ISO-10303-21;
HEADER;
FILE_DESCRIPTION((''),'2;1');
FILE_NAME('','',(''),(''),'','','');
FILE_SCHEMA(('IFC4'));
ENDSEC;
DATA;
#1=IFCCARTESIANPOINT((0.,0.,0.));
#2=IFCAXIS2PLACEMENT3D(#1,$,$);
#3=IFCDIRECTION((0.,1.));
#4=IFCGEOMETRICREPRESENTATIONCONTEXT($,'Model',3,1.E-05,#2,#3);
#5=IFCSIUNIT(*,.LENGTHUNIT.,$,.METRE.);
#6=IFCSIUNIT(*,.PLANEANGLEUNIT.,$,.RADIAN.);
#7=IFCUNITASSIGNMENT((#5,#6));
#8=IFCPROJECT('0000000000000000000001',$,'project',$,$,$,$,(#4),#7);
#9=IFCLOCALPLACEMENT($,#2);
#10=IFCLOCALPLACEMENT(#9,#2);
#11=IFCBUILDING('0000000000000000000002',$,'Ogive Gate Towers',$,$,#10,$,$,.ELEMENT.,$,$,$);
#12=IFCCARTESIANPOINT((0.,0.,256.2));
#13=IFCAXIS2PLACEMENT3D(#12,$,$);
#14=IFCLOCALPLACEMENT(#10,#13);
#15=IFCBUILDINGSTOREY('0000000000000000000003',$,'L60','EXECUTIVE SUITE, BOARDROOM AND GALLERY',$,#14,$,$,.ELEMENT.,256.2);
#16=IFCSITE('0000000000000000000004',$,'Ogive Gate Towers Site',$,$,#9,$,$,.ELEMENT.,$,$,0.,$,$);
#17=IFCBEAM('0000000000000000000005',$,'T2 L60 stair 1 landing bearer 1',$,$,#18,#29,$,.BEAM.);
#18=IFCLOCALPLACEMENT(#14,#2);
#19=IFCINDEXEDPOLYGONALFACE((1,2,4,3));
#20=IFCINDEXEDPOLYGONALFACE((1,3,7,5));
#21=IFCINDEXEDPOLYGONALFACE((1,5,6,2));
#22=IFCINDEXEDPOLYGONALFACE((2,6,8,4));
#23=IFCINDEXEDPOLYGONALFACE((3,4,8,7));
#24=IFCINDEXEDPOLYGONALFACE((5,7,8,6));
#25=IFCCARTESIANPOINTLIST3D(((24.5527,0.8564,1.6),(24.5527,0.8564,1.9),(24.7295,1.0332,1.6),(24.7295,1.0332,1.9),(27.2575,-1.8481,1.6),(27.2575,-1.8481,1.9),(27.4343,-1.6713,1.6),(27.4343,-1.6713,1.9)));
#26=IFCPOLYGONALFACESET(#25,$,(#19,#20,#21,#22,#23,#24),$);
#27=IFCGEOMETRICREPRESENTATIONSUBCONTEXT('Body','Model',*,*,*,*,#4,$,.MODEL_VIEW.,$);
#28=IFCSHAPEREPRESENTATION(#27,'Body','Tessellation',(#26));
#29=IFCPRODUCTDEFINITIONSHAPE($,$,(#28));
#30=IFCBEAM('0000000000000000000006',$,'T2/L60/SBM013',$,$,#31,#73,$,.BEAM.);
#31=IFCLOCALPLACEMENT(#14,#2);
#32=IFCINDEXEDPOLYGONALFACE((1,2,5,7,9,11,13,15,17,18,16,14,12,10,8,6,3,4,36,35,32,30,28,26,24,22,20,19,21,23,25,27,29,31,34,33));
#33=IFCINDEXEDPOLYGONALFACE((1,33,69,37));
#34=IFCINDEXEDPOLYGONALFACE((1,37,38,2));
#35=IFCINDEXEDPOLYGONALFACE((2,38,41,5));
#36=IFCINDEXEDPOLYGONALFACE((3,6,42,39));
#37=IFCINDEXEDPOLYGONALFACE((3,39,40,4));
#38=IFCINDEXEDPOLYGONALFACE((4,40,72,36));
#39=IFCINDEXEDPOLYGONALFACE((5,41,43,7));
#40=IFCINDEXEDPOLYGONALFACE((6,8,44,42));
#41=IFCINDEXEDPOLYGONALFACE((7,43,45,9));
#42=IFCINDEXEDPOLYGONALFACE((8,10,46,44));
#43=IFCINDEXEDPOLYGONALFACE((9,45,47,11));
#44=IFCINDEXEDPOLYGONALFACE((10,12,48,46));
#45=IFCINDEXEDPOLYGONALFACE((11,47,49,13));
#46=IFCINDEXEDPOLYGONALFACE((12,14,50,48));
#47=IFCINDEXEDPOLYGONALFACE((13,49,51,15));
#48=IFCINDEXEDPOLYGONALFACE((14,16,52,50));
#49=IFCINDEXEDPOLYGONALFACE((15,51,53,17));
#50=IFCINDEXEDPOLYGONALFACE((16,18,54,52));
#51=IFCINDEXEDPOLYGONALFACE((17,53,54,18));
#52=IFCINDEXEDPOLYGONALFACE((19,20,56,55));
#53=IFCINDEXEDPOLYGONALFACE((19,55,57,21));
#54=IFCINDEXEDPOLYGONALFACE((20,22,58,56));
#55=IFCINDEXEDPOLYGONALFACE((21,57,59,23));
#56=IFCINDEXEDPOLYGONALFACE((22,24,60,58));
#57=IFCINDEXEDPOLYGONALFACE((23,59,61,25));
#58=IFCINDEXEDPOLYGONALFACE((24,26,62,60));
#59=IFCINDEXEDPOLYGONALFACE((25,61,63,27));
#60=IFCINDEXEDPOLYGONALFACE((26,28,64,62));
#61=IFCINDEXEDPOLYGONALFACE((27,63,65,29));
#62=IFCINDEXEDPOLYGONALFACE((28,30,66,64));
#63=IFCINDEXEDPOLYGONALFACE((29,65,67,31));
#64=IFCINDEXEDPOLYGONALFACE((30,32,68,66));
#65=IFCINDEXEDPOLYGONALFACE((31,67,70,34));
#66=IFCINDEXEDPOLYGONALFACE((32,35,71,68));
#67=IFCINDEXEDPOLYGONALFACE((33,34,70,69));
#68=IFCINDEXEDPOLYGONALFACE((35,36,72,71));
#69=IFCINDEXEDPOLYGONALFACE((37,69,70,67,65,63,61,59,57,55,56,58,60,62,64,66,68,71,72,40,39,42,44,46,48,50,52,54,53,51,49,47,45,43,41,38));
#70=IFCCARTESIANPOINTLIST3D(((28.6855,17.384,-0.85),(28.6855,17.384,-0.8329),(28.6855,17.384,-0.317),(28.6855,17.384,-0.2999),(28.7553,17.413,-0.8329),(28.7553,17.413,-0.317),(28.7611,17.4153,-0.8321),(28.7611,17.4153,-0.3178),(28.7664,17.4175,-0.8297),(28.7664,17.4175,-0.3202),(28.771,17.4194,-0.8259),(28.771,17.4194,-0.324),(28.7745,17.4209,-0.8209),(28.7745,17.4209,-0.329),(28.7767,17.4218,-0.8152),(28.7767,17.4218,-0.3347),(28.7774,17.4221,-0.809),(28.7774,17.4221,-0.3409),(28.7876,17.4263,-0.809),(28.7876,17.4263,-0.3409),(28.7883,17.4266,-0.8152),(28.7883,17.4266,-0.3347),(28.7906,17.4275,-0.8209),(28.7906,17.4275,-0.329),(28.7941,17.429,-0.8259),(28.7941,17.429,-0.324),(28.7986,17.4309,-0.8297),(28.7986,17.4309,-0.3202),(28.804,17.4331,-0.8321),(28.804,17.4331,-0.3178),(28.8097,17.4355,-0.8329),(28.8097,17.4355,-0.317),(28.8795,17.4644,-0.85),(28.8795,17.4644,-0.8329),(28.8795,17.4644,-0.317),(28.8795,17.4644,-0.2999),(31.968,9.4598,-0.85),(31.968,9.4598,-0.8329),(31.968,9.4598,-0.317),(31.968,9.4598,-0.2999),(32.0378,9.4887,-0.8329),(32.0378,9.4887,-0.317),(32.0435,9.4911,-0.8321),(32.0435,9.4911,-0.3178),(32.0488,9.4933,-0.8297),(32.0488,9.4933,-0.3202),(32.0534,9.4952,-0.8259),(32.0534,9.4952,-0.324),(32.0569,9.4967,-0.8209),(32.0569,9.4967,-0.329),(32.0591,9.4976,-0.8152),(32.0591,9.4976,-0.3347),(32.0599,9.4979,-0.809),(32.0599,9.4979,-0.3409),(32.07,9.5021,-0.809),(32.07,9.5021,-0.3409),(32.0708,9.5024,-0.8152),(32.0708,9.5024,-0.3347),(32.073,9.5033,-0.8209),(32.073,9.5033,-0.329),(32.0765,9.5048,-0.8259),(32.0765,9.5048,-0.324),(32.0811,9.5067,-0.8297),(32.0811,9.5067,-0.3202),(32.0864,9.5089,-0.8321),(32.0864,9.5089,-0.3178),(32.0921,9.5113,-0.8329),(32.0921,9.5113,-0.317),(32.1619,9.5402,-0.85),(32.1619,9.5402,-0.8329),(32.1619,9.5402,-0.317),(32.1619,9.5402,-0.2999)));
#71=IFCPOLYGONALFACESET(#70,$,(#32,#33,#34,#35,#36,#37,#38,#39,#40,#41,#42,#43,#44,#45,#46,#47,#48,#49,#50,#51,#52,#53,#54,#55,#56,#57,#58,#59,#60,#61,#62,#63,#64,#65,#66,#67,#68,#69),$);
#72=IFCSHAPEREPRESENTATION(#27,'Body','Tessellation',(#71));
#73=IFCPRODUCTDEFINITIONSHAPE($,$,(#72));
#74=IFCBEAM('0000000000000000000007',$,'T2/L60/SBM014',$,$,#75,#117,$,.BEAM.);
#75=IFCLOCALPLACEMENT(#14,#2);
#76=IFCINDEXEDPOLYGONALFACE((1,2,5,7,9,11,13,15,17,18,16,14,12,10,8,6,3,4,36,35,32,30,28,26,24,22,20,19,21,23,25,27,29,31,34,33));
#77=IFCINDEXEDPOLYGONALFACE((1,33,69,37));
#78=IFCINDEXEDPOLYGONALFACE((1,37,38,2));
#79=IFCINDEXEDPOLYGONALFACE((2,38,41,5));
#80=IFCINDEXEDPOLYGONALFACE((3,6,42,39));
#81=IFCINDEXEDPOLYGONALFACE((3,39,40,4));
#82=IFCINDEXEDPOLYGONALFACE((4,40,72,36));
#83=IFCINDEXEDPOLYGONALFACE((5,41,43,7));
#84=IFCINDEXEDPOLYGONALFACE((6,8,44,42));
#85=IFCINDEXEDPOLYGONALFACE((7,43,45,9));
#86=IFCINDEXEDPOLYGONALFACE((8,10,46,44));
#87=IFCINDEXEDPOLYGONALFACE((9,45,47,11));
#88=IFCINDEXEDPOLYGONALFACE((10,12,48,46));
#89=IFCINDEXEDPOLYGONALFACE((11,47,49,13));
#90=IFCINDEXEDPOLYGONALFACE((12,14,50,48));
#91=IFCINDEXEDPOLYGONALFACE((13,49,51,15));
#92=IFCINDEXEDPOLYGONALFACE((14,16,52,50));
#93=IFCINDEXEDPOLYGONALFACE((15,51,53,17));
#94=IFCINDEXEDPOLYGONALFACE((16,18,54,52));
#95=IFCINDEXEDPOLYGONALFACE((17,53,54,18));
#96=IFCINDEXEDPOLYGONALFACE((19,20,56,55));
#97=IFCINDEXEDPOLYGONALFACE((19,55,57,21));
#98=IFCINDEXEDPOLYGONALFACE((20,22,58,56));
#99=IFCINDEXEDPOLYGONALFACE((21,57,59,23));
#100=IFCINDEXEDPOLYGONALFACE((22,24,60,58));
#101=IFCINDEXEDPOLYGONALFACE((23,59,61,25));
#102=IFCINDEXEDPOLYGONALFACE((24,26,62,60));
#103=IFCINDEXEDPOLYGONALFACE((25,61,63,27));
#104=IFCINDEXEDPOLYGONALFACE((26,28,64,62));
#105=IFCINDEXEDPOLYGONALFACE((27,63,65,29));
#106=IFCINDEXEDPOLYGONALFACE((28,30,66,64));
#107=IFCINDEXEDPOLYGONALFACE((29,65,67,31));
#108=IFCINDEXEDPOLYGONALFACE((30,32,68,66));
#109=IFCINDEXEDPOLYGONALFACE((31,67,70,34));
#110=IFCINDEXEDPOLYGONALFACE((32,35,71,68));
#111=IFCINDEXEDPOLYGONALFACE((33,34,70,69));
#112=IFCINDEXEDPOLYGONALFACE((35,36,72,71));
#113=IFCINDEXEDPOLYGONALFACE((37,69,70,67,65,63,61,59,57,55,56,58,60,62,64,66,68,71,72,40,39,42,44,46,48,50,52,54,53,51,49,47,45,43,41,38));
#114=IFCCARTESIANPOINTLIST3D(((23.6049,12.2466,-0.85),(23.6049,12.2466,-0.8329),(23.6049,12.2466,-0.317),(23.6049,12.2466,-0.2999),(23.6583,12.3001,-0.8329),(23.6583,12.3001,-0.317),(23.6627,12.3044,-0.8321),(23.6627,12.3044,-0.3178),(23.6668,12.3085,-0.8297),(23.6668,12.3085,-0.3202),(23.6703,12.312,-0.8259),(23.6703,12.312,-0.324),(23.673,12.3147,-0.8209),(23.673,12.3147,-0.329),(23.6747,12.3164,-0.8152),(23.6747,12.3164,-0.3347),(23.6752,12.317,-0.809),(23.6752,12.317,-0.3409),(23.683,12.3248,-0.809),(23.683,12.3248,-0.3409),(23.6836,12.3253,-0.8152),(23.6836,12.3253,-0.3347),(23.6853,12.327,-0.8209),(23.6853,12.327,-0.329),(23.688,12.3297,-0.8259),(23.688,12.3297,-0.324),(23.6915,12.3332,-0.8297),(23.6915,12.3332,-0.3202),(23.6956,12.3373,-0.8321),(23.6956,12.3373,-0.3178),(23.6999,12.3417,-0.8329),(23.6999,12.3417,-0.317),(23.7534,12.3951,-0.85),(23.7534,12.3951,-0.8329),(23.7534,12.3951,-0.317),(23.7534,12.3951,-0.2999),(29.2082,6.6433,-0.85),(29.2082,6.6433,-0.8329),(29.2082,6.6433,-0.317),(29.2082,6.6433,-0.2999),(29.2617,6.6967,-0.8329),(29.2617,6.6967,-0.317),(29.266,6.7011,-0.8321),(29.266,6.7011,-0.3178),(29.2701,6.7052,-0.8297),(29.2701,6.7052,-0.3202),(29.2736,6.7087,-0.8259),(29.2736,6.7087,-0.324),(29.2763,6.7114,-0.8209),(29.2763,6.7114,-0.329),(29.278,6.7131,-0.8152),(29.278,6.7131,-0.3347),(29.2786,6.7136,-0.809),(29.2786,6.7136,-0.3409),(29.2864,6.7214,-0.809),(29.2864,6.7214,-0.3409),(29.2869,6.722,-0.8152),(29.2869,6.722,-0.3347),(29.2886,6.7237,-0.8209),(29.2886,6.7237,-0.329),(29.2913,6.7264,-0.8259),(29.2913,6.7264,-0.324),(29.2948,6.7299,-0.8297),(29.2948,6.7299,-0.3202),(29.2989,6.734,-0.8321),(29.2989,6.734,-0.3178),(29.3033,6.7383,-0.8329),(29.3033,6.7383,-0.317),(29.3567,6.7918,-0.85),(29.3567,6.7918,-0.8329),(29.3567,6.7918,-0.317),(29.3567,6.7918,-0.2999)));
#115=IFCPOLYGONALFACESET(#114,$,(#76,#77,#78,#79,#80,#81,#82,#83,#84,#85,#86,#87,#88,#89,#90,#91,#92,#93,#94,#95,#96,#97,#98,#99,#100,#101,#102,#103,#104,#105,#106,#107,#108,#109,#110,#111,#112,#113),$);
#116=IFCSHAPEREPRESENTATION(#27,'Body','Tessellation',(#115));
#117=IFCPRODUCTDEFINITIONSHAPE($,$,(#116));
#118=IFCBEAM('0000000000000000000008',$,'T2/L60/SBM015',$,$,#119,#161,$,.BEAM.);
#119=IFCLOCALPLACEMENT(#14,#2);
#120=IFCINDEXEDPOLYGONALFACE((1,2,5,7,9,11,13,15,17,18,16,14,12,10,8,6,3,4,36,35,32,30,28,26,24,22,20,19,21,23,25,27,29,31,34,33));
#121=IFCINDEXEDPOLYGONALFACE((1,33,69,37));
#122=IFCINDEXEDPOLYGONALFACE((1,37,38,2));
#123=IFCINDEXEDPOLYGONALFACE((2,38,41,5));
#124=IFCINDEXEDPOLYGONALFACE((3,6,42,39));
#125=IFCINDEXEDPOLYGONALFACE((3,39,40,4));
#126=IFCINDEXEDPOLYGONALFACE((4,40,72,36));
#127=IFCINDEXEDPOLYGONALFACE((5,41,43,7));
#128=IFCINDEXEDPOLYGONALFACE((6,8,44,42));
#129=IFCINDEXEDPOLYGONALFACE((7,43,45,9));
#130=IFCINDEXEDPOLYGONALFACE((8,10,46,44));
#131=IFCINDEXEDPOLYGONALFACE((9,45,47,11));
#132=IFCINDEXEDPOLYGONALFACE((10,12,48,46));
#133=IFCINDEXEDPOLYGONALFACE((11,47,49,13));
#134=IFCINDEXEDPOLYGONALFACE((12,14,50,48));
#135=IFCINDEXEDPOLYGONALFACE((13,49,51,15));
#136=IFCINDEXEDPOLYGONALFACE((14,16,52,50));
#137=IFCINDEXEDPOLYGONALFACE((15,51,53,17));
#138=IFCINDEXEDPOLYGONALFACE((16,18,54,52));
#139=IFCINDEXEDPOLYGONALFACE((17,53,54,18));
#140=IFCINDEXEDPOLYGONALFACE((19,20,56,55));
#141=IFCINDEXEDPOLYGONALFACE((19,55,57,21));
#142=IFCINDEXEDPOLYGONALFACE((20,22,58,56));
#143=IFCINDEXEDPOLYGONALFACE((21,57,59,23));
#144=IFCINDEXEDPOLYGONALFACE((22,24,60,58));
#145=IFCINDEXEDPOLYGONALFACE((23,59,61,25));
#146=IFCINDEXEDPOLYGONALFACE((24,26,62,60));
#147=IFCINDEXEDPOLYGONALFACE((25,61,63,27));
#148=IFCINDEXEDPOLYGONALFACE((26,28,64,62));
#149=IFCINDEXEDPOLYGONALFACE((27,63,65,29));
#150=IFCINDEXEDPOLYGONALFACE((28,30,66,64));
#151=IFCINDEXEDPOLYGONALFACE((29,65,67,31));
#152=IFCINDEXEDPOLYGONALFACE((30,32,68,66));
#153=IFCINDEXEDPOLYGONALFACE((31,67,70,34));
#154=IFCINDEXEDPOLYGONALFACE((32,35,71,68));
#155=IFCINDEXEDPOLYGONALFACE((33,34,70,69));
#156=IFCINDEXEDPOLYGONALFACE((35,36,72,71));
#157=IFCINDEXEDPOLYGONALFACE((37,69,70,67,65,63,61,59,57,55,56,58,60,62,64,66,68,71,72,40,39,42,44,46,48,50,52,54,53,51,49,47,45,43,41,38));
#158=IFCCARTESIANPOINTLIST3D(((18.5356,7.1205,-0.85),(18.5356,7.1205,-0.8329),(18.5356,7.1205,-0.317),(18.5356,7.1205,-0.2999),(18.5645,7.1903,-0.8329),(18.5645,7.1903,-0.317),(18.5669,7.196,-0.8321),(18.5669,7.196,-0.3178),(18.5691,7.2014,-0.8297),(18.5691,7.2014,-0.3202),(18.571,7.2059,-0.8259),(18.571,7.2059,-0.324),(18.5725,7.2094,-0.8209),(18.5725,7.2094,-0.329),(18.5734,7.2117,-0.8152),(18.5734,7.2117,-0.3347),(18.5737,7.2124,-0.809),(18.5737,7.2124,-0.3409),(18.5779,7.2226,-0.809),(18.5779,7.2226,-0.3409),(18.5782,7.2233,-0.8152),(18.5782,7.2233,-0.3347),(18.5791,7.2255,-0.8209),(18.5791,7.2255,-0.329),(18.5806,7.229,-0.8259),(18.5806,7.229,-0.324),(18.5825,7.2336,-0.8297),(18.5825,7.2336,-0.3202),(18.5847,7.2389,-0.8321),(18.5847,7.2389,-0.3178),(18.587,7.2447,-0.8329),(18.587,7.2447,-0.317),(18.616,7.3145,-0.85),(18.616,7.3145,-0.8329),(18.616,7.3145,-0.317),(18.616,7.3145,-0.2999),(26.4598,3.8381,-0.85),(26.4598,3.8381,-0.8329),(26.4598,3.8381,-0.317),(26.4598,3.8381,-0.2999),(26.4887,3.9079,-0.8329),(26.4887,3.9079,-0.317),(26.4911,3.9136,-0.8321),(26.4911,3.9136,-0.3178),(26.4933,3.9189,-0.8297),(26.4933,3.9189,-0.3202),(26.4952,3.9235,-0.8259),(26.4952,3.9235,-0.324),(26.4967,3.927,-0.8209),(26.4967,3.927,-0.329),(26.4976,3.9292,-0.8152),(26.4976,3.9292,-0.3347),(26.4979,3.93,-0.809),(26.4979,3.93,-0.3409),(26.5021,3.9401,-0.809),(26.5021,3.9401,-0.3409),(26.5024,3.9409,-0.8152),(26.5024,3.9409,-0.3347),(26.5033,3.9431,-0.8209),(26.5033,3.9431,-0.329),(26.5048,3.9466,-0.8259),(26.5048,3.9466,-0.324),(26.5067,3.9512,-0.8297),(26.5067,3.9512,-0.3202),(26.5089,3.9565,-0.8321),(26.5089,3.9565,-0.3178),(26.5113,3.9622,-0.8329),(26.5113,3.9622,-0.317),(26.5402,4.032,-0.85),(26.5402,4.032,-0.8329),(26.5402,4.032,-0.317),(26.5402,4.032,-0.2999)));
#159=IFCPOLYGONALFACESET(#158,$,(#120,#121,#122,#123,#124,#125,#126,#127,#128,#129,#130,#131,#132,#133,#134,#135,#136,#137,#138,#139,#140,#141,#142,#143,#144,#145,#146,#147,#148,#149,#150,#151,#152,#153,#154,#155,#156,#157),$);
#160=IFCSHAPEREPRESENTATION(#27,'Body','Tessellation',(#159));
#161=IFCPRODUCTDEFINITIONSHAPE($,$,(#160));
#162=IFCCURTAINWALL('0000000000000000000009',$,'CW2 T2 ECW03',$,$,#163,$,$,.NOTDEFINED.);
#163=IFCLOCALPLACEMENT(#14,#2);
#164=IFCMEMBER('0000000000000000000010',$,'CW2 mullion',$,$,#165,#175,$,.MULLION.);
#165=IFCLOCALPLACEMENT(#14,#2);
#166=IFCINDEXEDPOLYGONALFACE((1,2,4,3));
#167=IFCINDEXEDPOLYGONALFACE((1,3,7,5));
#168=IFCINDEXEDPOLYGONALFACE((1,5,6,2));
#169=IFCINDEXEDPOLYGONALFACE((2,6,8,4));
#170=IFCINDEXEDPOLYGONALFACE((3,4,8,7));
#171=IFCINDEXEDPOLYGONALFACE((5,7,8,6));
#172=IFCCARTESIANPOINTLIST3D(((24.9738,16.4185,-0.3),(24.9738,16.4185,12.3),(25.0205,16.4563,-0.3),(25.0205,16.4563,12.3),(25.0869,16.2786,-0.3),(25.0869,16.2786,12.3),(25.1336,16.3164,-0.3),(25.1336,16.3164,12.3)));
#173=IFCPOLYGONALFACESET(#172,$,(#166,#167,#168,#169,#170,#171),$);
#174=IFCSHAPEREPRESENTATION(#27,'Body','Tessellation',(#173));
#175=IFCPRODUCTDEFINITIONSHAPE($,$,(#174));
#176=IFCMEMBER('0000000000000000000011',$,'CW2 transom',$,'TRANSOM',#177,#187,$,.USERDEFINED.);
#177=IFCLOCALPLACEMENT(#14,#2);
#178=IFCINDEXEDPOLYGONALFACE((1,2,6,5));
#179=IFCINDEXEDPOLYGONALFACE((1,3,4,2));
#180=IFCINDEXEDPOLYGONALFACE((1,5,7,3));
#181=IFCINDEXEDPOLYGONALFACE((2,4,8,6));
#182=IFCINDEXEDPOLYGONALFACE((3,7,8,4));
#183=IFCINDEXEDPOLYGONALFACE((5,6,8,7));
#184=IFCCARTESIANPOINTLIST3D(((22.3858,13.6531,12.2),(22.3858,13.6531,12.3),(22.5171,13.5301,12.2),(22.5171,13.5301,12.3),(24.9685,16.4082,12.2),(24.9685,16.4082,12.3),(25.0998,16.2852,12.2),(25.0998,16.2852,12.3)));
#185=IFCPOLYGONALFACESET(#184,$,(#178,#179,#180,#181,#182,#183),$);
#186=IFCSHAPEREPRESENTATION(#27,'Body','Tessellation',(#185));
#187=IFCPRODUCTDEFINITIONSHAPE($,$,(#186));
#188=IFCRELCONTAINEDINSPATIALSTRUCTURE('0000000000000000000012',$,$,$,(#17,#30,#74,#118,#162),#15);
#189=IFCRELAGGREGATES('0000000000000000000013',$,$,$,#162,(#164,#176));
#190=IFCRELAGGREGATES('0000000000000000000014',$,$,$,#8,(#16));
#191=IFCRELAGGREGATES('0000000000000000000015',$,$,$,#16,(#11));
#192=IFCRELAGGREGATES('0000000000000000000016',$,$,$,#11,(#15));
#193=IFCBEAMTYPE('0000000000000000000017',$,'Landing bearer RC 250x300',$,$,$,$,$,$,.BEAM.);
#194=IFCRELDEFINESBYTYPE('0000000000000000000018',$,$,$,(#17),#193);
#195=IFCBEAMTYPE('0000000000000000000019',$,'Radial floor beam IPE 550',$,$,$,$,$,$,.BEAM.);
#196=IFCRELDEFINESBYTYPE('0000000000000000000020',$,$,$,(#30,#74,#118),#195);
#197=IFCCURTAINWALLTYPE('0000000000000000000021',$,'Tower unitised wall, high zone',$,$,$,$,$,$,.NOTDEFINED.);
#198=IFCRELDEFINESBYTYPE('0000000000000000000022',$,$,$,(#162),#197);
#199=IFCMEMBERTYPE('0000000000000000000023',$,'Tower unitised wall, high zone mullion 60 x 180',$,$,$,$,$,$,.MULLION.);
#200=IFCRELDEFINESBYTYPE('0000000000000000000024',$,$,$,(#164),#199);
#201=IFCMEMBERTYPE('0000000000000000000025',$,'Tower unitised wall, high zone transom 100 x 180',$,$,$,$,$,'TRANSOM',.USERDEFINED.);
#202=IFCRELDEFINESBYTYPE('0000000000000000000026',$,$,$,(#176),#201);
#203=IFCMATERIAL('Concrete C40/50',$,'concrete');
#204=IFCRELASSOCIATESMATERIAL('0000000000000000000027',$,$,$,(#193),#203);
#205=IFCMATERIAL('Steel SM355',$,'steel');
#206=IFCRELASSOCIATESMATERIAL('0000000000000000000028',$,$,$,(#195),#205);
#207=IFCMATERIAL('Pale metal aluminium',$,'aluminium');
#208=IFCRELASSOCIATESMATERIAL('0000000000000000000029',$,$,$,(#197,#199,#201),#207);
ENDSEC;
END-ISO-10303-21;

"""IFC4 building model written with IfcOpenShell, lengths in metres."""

from ifc_helpers import new_model, si_unit, direction, frame, origin, origin_2d, place, context, subcontext, project, spatial, rectangle, i_section, extrude, material, material_profile, profile_set, type_object, element, aggregate, save


model = new_model("IFC4")

# Units and contexts
model_context = context("Model", 3, precision=1e-05, world=origin(), true_north=direction((0.0, 1.0)))
body_context = subcontext(model_context, "Body", "Model", "MODEL_VIEW")
ifc_project = project(units=[si_unit("LENGTHUNIT", "METRE"), si_unit("PLANEANGLEUNIT", "RADIAN")], contexts=[model_context])

# Site, building, storey
site_placement = place(None, origin())
site = spatial("IfcSite", under=ifc_project, at=site_placement, Name="Ogive Gate Towers Site", CompositionType="ELEMENT", RefElevation=0.0)
building_placement = place(site_placement, origin())
building = spatial("IfcBuilding", under=site, at=building_placement, Name="Ogive Gate Towers", CompositionType="ELEMENT")
storey_placement = place(building_placement, frame((0.0, 0.0, 256.2)))
storey = spatial("IfcBuildingStorey", under=building, at=storey_placement, Name="L60", Description="EXECUTIVE SUITE, BOARDROOM AND GALLERY", CompositionType="ELEMENT", Elevation=256.2)

# Beams
ifc_material_1 = material(Name="Concrete C40/50", Category="concrete")
ifc_material_profile_1 = material_profile(ifc_material_1, rectangle(XDim=0.25, YDim=0.3, at=origin_2d()), Name="RC 250x300")
ifc_profile_set_1 = profile_set([ifc_material_profile_1], Name="Concrete C40/50")
beam_type_1 = type_object("IfcBeamType", Name="Landing bearer RC 250x300", PredefinedType="BEAM", material=ifc_profile_set_1)
beam_1_placement = place(storey_placement, frame((24.6411, 0.9448, 1.75), z_axis=(0.707139, -0.707075, 0.0), x_axis=(0.707075, 0.707139, 0.0)))
element("IfcBeam", 1, at=beam_1_placement, inside=storey, type_object=beam_type_1, Name="T2 L60 stair 1 landing bearer 1", PredefinedType="BEAM", context=body_context, shape_type="SweptSolid", body=[
    extrude(rectangle(XDim=0.25, YDim=0.3, at=origin_2d()), origin(), (0.0, 0.0, 1.0), 3.825),
])
ifc_material_2 = material(Name="Steel SM355", Category="steel")
ifc_material_profile_2 = material_profile(ifc_material_2, i_section(OverallWidth=0.21, OverallDepth=0.55, WebThickness=0.011, FlangeThickness=0.0171, FilletRadius=0.0239, at=origin_2d()), Name="IPE 550")
ifc_profile_set_2 = profile_set([ifc_material_profile_2], Name="Steel SM355")
beam_type_2 = type_object("IfcBeamType", Name="Radial floor beam IPE 550", PredefinedType="BEAM", material=ifc_profile_set_2)
beam_2_placement = place(storey_placement, frame((32.0649, 9.5, -0.575), z_axis=(-0.382695, 0.923875, 0.0), x_axis=(-0.923875, -0.382695, 0.0)))
element("IfcBeam", 2, at=beam_2_placement, inside=storey, type_object=beam_type_2, Name="T2/L60/SBM013", PredefinedType="BEAM", context=body_context, shape_type="SweptSolid", body=[
    extrude(i_section(OverallWidth=0.21, OverallDepth=0.55, WebThickness=0.011, FlangeThickness=0.0171, FilletRadius=0.0239, at=origin_2d()), origin(), (0.0, 0.0, 1.0), 8.5771),
])
beam_3_placement = place(storey_placement, frame((29.2825, 6.7175, -0.575), z_axis=(-0.707107, 0.707107, 0.0), x_axis=(-0.707107, -0.707107, 0.0)))
element("IfcBeam", 3, at=beam_3_placement, inside=storey, type_object=beam_type_2, Name="T2/L60/SBM014", PredefinedType="BEAM", context=body_context, shape_type="SweptSolid", body=[
    extrude(i_section(OverallWidth=0.21, OverallDepth=0.55, WebThickness=0.011, FlangeThickness=0.0171, FilletRadius=0.0239, at=origin_2d()), origin(), (0.0, 0.0, 1.0), 7.9243),
])
beam_4_placement = place(storey_placement, frame((26.5, 3.9351, -0.575), z_axis=(-0.923875, 0.382695, 0.0), x_axis=(-0.382695, -0.923875, 0.0)))
element("IfcBeam", 4, at=beam_4_placement, inside=storey, type_object=beam_type_2, Name="T2/L60/SBM015", PredefinedType="BEAM", context=body_context, shape_type="SweptSolid", body=[
    extrude(i_section(OverallWidth=0.21, OverallDepth=0.55, WebThickness=0.011, FlangeThickness=0.0171, FilletRadius=0.0239, at=origin_2d()), origin(), (0.0, 0.0, 1.0), 8.5771),
])

# Curtain wall, members
ifc_material_3 = material(Name="Pale metal aluminium", Category="aluminium")
curtain_wall_type = type_object("IfcCurtainWallType", Name="Tower unitised wall, high zone", PredefinedType="NOTDEFINED", material=ifc_material_3)
curtain_wall_placement = place(storey_placement, origin())
curtain_wall = element("IfcCurtainWall", 5, at=curtain_wall_placement, inside=storey, type_object=curtain_wall_type, Name="CW2 T2 ECW03", PredefinedType="NOTDEFINED")
ifc_material_profile_3 = material_profile(ifc_material_3, rectangle(XDim=0.1799, YDim=0.0601, at=origin_2d()), Name="60 x 180 aluminium box")
ifc_profile_set_3 = profile_set([ifc_material_profile_3], Name="Pale metal aluminium")
member_type_1 = type_object("IfcMemberType", Name="Tower unitised wall, high zone mullion 60 x 180", PredefinedType="MULLION", material=ifc_profile_set_3)
member_1_placement = place(storey_placement, frame((25.0537, 16.3674, -0.3), z_axis=(0.0, 0.0, 1.0), x_axis=(-0.628791, 0.777574, 0.0)))
member_1 = element("IfcMember", 6, at=member_1_placement, type_object=member_type_1, Name="CW2 mullion", PredefinedType="MULLION", context=body_context, shape_type="SweptSolid", body=[
    extrude(rectangle(XDim=0.1799, YDim=0.0601, at=origin_2d()), origin(), (0.0, 0.0, 1.0), 12.6001),
])
ifc_material_profile_4 = material_profile(ifc_material_3, rectangle(XDim=0.1799, YDim=0.1001, at=origin_2d()), Name="100 x 180 aluminium box")
ifc_profile_set_4 = profile_set([ifc_material_profile_4], Name="Pale metal aluminium")
member_type_2 = type_object("IfcMemberType", Name="Tower unitised wall, high zone transom 100 x 180", ElementType="TRANSOM", PredefinedType="USERDEFINED", material=ifc_profile_set_4)
member_2_placement = place(storey_placement, frame((25.0342, 16.3467, 12.25), z_axis=(-0.683917, -0.729559, 0.0), x_axis=(0.729559, -0.683917, 0.0)))
member_2 = element("IfcMember", 7, at=member_2_placement, type_object=member_type_2, Name="CW2 transom", ObjectType="TRANSOM", PredefinedType="USERDEFINED", context=body_context, shape_type="SweptSolid", body=[
    extrude(rectangle(XDim=0.1799, YDim=0.1001, at=origin_2d()), origin(), (0.0, 0.0, 1.0), 3.7764),
])
aggregate(curtain_wall, [member_1, member_2])

save(model, "model.ifc")
